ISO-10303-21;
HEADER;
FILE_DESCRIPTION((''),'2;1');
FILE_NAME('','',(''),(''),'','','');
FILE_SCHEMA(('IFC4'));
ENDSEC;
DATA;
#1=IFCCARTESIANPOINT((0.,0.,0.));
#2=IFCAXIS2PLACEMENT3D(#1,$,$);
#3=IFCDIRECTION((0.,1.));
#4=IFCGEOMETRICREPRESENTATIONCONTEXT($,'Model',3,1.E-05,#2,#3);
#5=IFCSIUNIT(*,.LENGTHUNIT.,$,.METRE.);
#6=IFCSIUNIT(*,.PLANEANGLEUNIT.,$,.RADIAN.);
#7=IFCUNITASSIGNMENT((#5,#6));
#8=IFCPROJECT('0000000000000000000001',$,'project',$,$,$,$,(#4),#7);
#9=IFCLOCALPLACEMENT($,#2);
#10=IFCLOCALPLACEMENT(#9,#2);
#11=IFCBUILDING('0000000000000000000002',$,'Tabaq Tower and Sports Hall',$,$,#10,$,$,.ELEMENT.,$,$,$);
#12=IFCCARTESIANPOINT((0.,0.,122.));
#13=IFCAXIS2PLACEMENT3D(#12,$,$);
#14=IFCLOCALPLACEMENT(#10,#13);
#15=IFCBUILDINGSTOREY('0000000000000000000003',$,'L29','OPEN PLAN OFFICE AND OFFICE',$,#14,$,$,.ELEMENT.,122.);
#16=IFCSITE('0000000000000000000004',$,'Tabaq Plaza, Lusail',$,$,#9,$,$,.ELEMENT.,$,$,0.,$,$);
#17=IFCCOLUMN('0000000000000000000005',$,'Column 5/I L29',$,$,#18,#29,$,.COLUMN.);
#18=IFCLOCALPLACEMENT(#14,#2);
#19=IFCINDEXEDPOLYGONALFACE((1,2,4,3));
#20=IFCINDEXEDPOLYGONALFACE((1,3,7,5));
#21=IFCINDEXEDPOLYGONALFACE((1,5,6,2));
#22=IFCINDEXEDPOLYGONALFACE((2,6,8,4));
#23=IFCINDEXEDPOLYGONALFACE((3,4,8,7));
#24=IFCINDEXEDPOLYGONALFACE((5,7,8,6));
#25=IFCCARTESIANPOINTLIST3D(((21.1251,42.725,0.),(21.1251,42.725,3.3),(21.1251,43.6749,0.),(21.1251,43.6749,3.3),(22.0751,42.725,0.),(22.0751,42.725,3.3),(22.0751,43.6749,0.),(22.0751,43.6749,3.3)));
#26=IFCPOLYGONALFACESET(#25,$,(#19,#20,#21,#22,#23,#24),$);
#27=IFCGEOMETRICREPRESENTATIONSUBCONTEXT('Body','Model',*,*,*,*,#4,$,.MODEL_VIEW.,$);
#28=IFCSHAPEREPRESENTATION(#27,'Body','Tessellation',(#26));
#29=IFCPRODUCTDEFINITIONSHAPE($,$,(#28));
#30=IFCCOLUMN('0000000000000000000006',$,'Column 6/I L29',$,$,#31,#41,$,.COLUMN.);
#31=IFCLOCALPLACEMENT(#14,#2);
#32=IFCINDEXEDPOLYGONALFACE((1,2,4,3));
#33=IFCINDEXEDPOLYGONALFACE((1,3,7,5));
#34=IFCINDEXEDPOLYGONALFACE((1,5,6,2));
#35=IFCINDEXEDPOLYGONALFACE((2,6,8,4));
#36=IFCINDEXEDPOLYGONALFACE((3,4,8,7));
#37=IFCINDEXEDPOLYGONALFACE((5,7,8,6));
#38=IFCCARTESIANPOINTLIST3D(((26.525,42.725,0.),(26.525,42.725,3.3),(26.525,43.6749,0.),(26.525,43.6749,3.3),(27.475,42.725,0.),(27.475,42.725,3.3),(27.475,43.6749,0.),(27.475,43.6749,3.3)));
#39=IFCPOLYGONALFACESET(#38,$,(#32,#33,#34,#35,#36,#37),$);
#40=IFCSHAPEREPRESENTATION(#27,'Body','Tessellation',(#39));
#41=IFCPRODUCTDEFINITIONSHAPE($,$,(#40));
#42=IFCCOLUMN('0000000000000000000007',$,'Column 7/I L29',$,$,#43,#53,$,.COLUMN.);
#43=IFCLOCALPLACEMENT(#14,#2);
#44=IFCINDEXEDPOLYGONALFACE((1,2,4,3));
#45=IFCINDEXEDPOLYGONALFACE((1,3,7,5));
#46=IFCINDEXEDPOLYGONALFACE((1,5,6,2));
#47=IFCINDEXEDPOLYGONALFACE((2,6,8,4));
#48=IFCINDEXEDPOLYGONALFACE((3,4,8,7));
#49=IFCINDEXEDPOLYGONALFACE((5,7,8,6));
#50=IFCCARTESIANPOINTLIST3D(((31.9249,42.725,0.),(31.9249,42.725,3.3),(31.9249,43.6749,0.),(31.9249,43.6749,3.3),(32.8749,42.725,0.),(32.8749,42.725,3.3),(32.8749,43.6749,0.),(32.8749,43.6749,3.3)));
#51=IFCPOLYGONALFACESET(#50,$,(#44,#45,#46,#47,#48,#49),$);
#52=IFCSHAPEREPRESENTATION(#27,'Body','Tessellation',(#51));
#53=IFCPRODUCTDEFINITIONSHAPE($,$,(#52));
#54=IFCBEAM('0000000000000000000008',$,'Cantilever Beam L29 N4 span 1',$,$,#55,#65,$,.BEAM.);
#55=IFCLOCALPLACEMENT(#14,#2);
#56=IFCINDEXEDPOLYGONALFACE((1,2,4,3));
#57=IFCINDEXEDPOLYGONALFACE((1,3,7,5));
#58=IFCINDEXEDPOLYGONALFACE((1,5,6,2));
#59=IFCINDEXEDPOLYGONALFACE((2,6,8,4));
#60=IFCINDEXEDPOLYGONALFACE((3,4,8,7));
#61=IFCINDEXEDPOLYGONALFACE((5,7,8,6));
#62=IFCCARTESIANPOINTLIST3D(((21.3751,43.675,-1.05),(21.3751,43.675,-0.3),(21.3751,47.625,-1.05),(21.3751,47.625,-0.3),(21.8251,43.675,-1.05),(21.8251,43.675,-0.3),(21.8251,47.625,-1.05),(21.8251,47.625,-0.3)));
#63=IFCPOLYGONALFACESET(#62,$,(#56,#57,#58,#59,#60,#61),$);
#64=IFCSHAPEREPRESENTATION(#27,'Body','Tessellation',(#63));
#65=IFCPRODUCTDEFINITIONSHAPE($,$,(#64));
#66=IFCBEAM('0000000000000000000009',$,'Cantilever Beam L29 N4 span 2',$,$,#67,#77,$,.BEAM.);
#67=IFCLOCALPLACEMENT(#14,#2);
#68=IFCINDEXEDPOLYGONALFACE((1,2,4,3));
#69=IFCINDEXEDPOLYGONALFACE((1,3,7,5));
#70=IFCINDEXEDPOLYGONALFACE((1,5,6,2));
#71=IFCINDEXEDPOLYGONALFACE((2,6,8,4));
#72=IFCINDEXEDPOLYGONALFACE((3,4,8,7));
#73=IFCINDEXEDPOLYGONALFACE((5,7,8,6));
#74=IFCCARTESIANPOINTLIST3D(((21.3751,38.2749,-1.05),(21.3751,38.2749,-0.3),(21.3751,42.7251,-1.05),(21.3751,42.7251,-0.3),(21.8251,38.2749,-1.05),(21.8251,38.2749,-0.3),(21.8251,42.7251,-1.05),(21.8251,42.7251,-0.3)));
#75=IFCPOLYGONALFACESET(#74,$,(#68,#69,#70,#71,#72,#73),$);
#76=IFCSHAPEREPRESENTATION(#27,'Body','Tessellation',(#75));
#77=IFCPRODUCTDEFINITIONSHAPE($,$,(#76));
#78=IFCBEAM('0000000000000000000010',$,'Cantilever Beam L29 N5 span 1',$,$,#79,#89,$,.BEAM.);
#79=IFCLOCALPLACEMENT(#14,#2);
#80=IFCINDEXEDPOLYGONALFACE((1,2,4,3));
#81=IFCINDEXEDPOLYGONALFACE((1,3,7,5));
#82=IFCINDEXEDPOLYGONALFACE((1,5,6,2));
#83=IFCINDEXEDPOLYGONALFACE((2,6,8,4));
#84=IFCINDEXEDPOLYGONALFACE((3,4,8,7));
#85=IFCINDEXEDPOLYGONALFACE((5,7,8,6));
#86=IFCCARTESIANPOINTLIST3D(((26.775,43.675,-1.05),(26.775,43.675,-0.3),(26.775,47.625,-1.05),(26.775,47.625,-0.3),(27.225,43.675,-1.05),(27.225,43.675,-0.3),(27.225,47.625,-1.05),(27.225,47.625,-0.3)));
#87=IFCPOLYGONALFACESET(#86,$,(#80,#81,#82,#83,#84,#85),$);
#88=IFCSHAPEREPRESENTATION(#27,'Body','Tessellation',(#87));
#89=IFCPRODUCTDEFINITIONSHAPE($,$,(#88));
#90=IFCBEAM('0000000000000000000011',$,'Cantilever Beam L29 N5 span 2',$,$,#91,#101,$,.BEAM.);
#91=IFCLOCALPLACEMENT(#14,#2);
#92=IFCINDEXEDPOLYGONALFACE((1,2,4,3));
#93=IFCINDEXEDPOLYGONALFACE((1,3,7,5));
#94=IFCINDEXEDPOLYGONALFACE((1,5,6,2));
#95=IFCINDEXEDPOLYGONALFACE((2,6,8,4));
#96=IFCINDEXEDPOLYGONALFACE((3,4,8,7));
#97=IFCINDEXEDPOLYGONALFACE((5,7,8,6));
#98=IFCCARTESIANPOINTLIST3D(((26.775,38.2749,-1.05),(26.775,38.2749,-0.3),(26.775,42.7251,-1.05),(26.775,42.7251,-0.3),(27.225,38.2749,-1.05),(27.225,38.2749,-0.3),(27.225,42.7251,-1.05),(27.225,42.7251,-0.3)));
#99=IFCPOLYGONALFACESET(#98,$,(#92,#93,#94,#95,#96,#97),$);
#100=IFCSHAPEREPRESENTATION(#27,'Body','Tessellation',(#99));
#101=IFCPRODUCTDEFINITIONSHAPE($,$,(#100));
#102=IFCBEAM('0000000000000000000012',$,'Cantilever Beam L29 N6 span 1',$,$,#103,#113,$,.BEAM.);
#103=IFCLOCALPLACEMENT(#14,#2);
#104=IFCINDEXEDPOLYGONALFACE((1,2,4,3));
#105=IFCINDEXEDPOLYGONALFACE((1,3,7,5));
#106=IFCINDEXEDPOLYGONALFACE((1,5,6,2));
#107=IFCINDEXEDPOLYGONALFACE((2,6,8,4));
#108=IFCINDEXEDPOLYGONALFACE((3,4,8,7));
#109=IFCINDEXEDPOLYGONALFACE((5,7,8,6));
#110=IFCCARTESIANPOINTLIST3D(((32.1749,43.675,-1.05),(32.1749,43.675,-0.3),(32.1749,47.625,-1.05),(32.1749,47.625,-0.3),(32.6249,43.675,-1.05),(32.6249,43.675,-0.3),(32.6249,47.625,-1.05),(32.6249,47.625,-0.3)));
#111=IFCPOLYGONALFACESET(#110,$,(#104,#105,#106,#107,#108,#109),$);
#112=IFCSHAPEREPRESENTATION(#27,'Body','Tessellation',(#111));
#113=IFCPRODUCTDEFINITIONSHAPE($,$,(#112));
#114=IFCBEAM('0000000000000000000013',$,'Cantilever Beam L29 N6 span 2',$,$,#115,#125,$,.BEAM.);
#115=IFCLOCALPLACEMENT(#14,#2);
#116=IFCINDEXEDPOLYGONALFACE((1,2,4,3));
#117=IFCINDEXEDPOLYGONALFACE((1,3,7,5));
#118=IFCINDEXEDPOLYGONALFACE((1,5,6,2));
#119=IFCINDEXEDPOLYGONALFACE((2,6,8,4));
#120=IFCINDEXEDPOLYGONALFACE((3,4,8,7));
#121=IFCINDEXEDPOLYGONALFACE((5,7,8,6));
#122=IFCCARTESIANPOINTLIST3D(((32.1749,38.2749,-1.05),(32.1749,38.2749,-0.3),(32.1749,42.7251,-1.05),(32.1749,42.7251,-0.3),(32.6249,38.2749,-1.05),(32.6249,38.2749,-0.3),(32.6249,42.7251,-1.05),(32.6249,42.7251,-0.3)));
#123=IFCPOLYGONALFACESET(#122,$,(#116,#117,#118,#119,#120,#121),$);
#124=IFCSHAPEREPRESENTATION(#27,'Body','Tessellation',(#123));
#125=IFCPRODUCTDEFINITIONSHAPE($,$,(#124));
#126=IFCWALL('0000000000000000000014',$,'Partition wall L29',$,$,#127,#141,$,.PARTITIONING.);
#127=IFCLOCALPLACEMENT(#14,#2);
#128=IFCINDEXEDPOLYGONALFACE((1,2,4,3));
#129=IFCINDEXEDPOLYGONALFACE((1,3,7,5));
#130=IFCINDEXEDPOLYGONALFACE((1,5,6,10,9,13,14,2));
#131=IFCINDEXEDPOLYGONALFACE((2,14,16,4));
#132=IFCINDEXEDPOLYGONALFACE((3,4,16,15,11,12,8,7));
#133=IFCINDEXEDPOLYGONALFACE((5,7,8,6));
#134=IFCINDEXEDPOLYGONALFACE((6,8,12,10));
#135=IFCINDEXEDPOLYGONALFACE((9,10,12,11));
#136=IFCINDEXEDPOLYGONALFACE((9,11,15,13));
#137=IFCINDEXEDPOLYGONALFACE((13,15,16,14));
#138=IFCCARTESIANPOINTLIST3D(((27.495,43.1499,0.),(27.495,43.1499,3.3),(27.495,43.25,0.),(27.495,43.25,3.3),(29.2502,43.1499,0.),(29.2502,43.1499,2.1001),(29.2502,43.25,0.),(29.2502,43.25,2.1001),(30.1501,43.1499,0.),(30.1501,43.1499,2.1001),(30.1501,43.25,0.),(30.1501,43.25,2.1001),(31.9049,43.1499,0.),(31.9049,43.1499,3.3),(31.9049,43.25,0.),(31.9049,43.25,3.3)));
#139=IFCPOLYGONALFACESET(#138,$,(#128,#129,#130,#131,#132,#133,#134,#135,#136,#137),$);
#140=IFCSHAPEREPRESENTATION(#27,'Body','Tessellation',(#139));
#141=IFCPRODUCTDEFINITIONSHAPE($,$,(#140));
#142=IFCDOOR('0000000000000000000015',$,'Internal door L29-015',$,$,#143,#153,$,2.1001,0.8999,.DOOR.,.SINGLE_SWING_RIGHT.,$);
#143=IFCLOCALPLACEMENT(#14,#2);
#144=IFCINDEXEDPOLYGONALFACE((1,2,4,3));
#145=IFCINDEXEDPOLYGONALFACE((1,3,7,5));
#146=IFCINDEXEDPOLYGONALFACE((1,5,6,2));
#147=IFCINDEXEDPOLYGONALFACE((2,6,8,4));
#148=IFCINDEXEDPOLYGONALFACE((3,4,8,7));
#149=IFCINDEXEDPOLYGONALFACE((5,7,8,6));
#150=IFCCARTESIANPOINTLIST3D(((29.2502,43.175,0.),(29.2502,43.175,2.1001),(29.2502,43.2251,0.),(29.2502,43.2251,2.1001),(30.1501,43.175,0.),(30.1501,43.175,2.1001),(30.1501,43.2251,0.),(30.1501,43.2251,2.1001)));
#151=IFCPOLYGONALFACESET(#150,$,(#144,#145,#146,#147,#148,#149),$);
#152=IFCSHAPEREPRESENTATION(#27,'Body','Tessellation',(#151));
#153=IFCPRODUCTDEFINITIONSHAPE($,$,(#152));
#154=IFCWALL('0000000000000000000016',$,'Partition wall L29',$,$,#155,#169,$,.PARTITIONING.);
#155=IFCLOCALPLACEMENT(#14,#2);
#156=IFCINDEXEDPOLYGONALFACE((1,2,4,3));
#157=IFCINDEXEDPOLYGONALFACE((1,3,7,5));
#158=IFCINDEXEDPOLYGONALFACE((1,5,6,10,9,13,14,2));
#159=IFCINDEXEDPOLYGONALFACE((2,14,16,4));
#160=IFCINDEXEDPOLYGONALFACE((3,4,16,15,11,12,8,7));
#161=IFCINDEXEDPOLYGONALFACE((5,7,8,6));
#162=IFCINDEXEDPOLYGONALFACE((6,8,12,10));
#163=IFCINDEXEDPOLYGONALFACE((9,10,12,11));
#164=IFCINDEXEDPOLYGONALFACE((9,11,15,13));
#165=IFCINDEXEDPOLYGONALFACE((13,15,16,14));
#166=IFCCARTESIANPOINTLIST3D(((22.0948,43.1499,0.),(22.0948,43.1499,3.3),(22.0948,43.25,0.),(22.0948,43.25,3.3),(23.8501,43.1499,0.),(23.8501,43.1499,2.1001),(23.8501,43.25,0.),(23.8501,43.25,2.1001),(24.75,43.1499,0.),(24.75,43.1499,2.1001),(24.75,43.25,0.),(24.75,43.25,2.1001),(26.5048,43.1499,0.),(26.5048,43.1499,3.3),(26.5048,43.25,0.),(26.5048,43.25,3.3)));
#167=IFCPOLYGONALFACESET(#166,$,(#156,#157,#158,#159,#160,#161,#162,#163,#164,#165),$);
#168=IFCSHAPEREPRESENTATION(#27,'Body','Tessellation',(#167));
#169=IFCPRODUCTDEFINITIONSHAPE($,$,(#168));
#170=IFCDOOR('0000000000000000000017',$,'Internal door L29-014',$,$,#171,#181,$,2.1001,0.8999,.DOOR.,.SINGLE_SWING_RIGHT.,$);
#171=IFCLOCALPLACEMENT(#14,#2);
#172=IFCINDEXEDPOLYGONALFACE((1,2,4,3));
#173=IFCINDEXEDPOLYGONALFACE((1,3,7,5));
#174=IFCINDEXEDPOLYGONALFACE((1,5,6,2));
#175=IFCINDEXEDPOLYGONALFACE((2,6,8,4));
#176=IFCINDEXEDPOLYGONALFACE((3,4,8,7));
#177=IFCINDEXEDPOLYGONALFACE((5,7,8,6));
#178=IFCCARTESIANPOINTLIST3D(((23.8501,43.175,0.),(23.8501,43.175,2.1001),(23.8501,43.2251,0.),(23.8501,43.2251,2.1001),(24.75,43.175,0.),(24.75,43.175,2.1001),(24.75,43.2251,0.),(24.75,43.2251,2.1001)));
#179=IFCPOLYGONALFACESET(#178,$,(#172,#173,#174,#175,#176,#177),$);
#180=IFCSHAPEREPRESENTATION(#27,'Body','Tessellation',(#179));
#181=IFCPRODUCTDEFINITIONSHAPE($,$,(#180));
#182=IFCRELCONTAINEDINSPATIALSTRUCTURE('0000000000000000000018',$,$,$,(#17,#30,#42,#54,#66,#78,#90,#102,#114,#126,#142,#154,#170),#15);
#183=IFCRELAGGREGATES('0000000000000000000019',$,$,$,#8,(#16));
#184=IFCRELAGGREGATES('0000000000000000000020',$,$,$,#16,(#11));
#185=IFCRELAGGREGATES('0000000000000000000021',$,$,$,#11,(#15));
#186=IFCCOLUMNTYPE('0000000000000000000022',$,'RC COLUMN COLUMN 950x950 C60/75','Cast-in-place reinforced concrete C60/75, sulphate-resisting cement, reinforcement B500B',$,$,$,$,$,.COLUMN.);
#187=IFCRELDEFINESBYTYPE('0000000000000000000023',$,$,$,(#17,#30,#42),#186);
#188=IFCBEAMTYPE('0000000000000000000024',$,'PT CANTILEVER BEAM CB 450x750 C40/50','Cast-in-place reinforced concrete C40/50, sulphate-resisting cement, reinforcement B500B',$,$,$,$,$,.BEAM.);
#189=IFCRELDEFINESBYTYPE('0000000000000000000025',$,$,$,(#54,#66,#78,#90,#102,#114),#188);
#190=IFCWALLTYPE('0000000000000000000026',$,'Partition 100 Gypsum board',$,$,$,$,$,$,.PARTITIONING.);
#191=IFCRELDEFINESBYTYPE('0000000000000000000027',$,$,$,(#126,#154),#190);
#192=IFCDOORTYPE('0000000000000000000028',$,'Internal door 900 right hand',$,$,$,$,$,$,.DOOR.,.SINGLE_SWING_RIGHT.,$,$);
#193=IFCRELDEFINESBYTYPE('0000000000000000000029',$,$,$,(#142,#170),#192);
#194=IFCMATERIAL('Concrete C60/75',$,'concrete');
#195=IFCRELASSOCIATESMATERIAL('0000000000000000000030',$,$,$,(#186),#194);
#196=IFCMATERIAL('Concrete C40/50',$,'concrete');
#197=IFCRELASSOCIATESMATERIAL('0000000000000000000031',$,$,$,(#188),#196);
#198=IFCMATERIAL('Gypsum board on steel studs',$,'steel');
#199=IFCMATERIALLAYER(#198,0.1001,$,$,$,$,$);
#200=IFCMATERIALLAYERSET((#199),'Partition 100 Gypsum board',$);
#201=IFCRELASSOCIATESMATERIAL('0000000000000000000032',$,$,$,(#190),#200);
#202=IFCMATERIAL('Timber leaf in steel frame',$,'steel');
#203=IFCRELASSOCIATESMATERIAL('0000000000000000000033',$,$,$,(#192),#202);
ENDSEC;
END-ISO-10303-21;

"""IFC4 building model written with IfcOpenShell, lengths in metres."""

from ifc_helpers import new_model, si_unit, direction, frame, frame_2d, origin, origin_2d, place, context, subcontext, project, spatial, rectangle, extrude, material, layer, layer_set, material_profile, profile_set, type_object, element, fill, save


model = new_model("IFC4")

# Units and contexts
model_context = context("Model", 3, precision=1e-05, world=origin(), true_north=direction((0.0, 1.0)))
body_context = subcontext(model_context, "Body", "Model", "MODEL_VIEW")
ifc_project = project(units=[si_unit("LENGTHUNIT", "METRE"), si_unit("PLANEANGLEUNIT", "RADIAN")], contexts=[model_context])

# Site, building, storey
site_placement = place(None, origin())
site = spatial("IfcSite", under=ifc_project, at=site_placement, Name="Tabaq Plaza, Lusail", CompositionType="ELEMENT", RefElevation=0.0)
building_placement = place(site_placement, origin())
building = spatial("IfcBuilding", under=site, at=building_placement, Name="Tabaq Tower and Sports Hall", CompositionType="ELEMENT")
storey_placement = place(building_placement, frame((0.0, 0.0, 122.0)))
storey = spatial("IfcBuildingStorey", under=building, at=storey_placement, Name="L29", Description="OPEN PLAN OFFICE AND OFFICE", CompositionType="ELEMENT", Elevation=122.0)

# Columns
ifc_material_1 = material(Name="Concrete C60/75", Category="concrete")
ifc_material_profile_1 = material_profile(ifc_material_1, rectangle(XDim=0.95, YDim=0.95, at=origin_2d()), Name="COLUMN 950x950")
ifc_profile_set_1 = profile_set([ifc_material_profile_1], Name="Concrete C60/75")
column_type = type_object("IfcColumnType", Name="RC COLUMN COLUMN 950x950 C60/75", Description="Cast-in-place reinforced concrete C60/75, sulphate-resisting cement, reinforcement B500B", PredefinedType="COLUMN", material=ifc_profile_set_1)
for number, where, z_axis, x_axis, name in (
    (1, (21.6001, 43.2, 0.0), (0.0, 0.0, 1.0), (1.0, 0.0, 0.0), "Column 5/I L29"),
    (2, (27.0, 43.2, 0.0), (0.0, 0.0, 1.0), (1.0, 0.0, 0.0), "Column 6/I L29"),
    (3, (32.3999, 43.2, 0.0), (0.0, 0.0, 1.0), (1.0, 0.0, 0.0), "Column 7/I L29"),
):
    element("IfcColumn", number, at=place(storey_placement, frame(where, z_axis=z_axis, x_axis=x_axis)), inside=storey, type_object=column_type, Name=name, PredefinedType="COLUMN", context=body_context, shape_type="SweptSolid", body=[
        extrude(rectangle(XDim=0.95, YDim=0.95, at=origin_2d()), origin(), (0.0, 0.0, 1.0), 3.3),
    ])

# Beams
ifc_material_2 = material(Name="Concrete C40/50", Category="concrete")
ifc_material_profile_2 = material_profile(ifc_material_2, rectangle(XDim=0.45, YDim=0.75, at=origin_2d()), Name="CB 450x750")
ifc_profile_set_2 = profile_set([ifc_material_profile_2], Name="Concrete C40/50")
beam_type = type_object("IfcBeamType", Name="PT CANTILEVER BEAM CB 450x750 C40/50", Description="Cast-in-place reinforced concrete C40/50, sulphate-resisting cement, reinforcement B500B", PredefinedType="BEAM", material=ifc_profile_set_2)
beam_1_placement = place(storey_placement, frame((21.6001, 47.625, -0.675), z_axis=(0.0, -1.0, 0.0), x_axis=(1.0, 0.0, 0.0)))
element("IfcBeam", 4, at=beam_1_placement, inside=storey, type_object=beam_type, Name="Cantilever Beam L29 N4 span 1", PredefinedType="BEAM", context=body_context, shape_type="SweptSolid", body=[
    extrude(rectangle(XDim=0.45, YDim=0.75, at=origin_2d()), origin(), (0.0, 0.0, 1.0), 3.95),
])
beam_2_placement = place(storey_placement, frame((21.6001, 42.7251, -0.675), z_axis=(0.0, -1.0, 0.0), x_axis=(1.0, 0.0, 0.0)))
element("IfcBeam", 5, at=beam_2_placement, inside=storey, type_object=beam_type, Name="Cantilever Beam L29 N4 span 2", PredefinedType="BEAM", context=body_context, shape_type="SweptSolid", body=[
    extrude(rectangle(XDim=0.45, YDim=0.75, at=origin_2d()), origin(), (0.0, 0.0, 1.0), 4.4502),
])
beam_3_placement = place(storey_placement, frame((27.0, 47.625, -0.675), z_axis=(0.0, -1.0, 0.0), x_axis=(1.0, 0.0, 0.0)))
element("IfcBeam", 6, at=beam_3_placement, inside=storey, type_object=beam_type, Name="Cantilever Beam L29 N5 span 1", PredefinedType="BEAM", context=body_context, shape_type="SweptSolid", body=[
    extrude(rectangle(XDim=0.45, YDim=0.75, at=origin_2d()), origin(), (0.0, 0.0, 1.0), 3.95),
])
beam_4_placement = place(storey_placement, frame((27.0, 42.7251, -0.675), z_axis=(0.0, -1.0, 0.0), x_axis=(1.0, 0.0, 0.0)))
element("IfcBeam", 7, at=beam_4_placement, inside=storey, type_object=beam_type, Name="Cantilever Beam L29 N5 span 2", PredefinedType="BEAM", context=body_context, shape_type="SweptSolid", body=[
    extrude(rectangle(XDim=0.45, YDim=0.75, at=origin_2d()), origin(), (0.0, 0.0, 1.0), 4.4502),
])
beam_5_placement = place(storey_placement, frame((32.3999, 47.625, -0.675), z_axis=(0.0, -1.0, 0.0), x_axis=(1.0, 0.0, 0.0)))
element("IfcBeam", 8, at=beam_5_placement, inside=storey, type_object=beam_type, Name="Cantilever Beam L29 N6 span 1", PredefinedType="BEAM", context=body_context, shape_type="SweptSolid", body=[
    extrude(rectangle(XDim=0.45, YDim=0.75, at=origin_2d()), origin(), (0.0, 0.0, 1.0), 3.95),
])
beam_6_placement = place(storey_placement, frame((32.3999, 42.7251, -0.675), z_axis=(0.0, -1.0, 0.0), x_axis=(1.0, 0.0, 0.0)))
element("IfcBeam", 9, at=beam_6_placement, inside=storey, type_object=beam_type, Name="Cantilever Beam L29 N6 span 2", PredefinedType="BEAM", context=body_context, shape_type="SweptSolid", body=[
    extrude(rectangle(XDim=0.45, YDim=0.75, at=origin_2d()), origin(), (0.0, 0.0, 1.0), 4.4502),
])

# Walls, openings, doors
ifc_material_3 = material(Name="Gypsum board on steel studs", Category="steel")
ifc_layer_1 = layer(ifc_material_3, 0.1001)
ifc_layer_set_1 = layer_set([ifc_layer_1], Name="Partition 100 Gypsum board")
wall_type_1 = type_object("IfcWallType", Name="Partition 100 Gypsum board", PredefinedType="PARTITIONING", material=ifc_layer_set_1)
wall_1_placement = place(storey_placement, frame((31.905, 43.2, 0.0), z_axis=(0.0, 0.0, 1.0), x_axis=(-1.0, 0.0, 0.0)))
wall_1 = element("IfcWall", 10, at=wall_1_placement, inside=storey, type_object=wall_type_1, Name="Partition wall L29", PredefinedType="PARTITIONING", context=body_context, shape_type="SweptSolid", body=[
    extrude(rectangle(XDim=4.4099, YDim=0.1001, at=frame_2d((2.2051, 0.0))), origin(), (0.0, 0.0, 1.0), 3.3),
])
opening_1_placement = place(wall_1_placement, frame((1.7549, 0.0, 0.0)))
opening_1 = element("IfcOpeningElement", 11, at=opening_1_placement, cuts=wall_1, PredefinedType="OPENING", context=body_context, shape_type="SweptSolid", body=[
    extrude(rectangle(XDim=0.8999, YDim=2.1001, at=frame_2d((0.45, 1.05))), frame((0.0, 0.05, 0.0), z_axis=(0.0, -1.0, 0.0), x_axis=(1.0, 0.0, 0.0)), (0.0, 0.0, 1.0), 0.1001),
])
ifc_material_4 = material(Name="Timber leaf in steel frame", Category="steel")
door_type = type_object("IfcDoorType", Name="Internal door 900 right hand", OperationType="SINGLE_SWING_RIGHT", PredefinedType="DOOR", material=ifc_material_4)
door_1_placement = place(opening_1_placement, origin())
door_1 = element("IfcDoor", 12, at=door_1_placement, inside=storey, type_object=door_type, Name="Internal door L29-015", OperationType="SINGLE_SWING_RIGHT", OverallHeight=2.1001, OverallWidth=0.8999, PredefinedType="DOOR", context=body_context, shape_type="SweptSolid", body=[
    extrude(rectangle(XDim=0.8999, YDim=2.1001, at=frame_2d((0.45, 1.05))), frame((0.0, 0.0249, 0.0), z_axis=(0.0, -1.0, 0.0), x_axis=(1.0, 0.0, 0.0)), (0.0, 0.0, 1.0), 0.05),
])
fill(opening_1, door_1)
wall_2_placement = place(storey_placement, frame((26.5049, 43.2, 0.0), z_axis=(0.0, 0.0, 1.0), x_axis=(-1.0, 0.0, 0.0)))
wall_2 = element("IfcWall", 13, at=wall_2_placement, inside=storey, type_object=wall_type_1, Name="Partition wall L29", PredefinedType="PARTITIONING", context=body_context, shape_type="SweptSolid", body=[
    extrude(rectangle(XDim=4.4099, YDim=0.1001, at=frame_2d((2.2051, 0.0))), origin(), (0.0, 0.0, 1.0), 3.3),
])
opening_2_placement = place(wall_2_placement, frame((1.7549, 0.0, 0.0)))
opening_2 = element("IfcOpeningElement", 14, at=opening_2_placement, cuts=wall_2, PredefinedType="OPENING", context=body_context, shape_type="SweptSolid", body=[
    extrude(rectangle(XDim=0.8999, YDim=2.1001, at=frame_2d((0.45, 1.05))), frame((0.0, 0.05, 0.0), z_axis=(0.0, -1.0, 0.0), x_axis=(1.0, 0.0, 0.0)), (0.0, 0.0, 1.0), 0.1001),
])
door_2_placement = place(opening_2_placement, origin())
door_2 = element("IfcDoor", 15, at=door_2_placement, inside=storey, type_object=door_type, Name="Internal door L29-014", OperationType="SINGLE_SWING_RIGHT", OverallHeight=2.1001, OverallWidth=0.8999, PredefinedType="DOOR", context=body_context, shape_type="SweptSolid", body=[
    extrude(rectangle(XDim=0.8999, YDim=2.1001, at=frame_2d((0.45, 1.05))), frame((0.0, 0.0249, 0.0), z_axis=(0.0, -1.0, 0.0), x_axis=(1.0, 0.0, 0.0)), (0.0, 0.0, 1.0), 0.05),
])
fill(opening_2, door_2)

save(model, "model.ifc")
